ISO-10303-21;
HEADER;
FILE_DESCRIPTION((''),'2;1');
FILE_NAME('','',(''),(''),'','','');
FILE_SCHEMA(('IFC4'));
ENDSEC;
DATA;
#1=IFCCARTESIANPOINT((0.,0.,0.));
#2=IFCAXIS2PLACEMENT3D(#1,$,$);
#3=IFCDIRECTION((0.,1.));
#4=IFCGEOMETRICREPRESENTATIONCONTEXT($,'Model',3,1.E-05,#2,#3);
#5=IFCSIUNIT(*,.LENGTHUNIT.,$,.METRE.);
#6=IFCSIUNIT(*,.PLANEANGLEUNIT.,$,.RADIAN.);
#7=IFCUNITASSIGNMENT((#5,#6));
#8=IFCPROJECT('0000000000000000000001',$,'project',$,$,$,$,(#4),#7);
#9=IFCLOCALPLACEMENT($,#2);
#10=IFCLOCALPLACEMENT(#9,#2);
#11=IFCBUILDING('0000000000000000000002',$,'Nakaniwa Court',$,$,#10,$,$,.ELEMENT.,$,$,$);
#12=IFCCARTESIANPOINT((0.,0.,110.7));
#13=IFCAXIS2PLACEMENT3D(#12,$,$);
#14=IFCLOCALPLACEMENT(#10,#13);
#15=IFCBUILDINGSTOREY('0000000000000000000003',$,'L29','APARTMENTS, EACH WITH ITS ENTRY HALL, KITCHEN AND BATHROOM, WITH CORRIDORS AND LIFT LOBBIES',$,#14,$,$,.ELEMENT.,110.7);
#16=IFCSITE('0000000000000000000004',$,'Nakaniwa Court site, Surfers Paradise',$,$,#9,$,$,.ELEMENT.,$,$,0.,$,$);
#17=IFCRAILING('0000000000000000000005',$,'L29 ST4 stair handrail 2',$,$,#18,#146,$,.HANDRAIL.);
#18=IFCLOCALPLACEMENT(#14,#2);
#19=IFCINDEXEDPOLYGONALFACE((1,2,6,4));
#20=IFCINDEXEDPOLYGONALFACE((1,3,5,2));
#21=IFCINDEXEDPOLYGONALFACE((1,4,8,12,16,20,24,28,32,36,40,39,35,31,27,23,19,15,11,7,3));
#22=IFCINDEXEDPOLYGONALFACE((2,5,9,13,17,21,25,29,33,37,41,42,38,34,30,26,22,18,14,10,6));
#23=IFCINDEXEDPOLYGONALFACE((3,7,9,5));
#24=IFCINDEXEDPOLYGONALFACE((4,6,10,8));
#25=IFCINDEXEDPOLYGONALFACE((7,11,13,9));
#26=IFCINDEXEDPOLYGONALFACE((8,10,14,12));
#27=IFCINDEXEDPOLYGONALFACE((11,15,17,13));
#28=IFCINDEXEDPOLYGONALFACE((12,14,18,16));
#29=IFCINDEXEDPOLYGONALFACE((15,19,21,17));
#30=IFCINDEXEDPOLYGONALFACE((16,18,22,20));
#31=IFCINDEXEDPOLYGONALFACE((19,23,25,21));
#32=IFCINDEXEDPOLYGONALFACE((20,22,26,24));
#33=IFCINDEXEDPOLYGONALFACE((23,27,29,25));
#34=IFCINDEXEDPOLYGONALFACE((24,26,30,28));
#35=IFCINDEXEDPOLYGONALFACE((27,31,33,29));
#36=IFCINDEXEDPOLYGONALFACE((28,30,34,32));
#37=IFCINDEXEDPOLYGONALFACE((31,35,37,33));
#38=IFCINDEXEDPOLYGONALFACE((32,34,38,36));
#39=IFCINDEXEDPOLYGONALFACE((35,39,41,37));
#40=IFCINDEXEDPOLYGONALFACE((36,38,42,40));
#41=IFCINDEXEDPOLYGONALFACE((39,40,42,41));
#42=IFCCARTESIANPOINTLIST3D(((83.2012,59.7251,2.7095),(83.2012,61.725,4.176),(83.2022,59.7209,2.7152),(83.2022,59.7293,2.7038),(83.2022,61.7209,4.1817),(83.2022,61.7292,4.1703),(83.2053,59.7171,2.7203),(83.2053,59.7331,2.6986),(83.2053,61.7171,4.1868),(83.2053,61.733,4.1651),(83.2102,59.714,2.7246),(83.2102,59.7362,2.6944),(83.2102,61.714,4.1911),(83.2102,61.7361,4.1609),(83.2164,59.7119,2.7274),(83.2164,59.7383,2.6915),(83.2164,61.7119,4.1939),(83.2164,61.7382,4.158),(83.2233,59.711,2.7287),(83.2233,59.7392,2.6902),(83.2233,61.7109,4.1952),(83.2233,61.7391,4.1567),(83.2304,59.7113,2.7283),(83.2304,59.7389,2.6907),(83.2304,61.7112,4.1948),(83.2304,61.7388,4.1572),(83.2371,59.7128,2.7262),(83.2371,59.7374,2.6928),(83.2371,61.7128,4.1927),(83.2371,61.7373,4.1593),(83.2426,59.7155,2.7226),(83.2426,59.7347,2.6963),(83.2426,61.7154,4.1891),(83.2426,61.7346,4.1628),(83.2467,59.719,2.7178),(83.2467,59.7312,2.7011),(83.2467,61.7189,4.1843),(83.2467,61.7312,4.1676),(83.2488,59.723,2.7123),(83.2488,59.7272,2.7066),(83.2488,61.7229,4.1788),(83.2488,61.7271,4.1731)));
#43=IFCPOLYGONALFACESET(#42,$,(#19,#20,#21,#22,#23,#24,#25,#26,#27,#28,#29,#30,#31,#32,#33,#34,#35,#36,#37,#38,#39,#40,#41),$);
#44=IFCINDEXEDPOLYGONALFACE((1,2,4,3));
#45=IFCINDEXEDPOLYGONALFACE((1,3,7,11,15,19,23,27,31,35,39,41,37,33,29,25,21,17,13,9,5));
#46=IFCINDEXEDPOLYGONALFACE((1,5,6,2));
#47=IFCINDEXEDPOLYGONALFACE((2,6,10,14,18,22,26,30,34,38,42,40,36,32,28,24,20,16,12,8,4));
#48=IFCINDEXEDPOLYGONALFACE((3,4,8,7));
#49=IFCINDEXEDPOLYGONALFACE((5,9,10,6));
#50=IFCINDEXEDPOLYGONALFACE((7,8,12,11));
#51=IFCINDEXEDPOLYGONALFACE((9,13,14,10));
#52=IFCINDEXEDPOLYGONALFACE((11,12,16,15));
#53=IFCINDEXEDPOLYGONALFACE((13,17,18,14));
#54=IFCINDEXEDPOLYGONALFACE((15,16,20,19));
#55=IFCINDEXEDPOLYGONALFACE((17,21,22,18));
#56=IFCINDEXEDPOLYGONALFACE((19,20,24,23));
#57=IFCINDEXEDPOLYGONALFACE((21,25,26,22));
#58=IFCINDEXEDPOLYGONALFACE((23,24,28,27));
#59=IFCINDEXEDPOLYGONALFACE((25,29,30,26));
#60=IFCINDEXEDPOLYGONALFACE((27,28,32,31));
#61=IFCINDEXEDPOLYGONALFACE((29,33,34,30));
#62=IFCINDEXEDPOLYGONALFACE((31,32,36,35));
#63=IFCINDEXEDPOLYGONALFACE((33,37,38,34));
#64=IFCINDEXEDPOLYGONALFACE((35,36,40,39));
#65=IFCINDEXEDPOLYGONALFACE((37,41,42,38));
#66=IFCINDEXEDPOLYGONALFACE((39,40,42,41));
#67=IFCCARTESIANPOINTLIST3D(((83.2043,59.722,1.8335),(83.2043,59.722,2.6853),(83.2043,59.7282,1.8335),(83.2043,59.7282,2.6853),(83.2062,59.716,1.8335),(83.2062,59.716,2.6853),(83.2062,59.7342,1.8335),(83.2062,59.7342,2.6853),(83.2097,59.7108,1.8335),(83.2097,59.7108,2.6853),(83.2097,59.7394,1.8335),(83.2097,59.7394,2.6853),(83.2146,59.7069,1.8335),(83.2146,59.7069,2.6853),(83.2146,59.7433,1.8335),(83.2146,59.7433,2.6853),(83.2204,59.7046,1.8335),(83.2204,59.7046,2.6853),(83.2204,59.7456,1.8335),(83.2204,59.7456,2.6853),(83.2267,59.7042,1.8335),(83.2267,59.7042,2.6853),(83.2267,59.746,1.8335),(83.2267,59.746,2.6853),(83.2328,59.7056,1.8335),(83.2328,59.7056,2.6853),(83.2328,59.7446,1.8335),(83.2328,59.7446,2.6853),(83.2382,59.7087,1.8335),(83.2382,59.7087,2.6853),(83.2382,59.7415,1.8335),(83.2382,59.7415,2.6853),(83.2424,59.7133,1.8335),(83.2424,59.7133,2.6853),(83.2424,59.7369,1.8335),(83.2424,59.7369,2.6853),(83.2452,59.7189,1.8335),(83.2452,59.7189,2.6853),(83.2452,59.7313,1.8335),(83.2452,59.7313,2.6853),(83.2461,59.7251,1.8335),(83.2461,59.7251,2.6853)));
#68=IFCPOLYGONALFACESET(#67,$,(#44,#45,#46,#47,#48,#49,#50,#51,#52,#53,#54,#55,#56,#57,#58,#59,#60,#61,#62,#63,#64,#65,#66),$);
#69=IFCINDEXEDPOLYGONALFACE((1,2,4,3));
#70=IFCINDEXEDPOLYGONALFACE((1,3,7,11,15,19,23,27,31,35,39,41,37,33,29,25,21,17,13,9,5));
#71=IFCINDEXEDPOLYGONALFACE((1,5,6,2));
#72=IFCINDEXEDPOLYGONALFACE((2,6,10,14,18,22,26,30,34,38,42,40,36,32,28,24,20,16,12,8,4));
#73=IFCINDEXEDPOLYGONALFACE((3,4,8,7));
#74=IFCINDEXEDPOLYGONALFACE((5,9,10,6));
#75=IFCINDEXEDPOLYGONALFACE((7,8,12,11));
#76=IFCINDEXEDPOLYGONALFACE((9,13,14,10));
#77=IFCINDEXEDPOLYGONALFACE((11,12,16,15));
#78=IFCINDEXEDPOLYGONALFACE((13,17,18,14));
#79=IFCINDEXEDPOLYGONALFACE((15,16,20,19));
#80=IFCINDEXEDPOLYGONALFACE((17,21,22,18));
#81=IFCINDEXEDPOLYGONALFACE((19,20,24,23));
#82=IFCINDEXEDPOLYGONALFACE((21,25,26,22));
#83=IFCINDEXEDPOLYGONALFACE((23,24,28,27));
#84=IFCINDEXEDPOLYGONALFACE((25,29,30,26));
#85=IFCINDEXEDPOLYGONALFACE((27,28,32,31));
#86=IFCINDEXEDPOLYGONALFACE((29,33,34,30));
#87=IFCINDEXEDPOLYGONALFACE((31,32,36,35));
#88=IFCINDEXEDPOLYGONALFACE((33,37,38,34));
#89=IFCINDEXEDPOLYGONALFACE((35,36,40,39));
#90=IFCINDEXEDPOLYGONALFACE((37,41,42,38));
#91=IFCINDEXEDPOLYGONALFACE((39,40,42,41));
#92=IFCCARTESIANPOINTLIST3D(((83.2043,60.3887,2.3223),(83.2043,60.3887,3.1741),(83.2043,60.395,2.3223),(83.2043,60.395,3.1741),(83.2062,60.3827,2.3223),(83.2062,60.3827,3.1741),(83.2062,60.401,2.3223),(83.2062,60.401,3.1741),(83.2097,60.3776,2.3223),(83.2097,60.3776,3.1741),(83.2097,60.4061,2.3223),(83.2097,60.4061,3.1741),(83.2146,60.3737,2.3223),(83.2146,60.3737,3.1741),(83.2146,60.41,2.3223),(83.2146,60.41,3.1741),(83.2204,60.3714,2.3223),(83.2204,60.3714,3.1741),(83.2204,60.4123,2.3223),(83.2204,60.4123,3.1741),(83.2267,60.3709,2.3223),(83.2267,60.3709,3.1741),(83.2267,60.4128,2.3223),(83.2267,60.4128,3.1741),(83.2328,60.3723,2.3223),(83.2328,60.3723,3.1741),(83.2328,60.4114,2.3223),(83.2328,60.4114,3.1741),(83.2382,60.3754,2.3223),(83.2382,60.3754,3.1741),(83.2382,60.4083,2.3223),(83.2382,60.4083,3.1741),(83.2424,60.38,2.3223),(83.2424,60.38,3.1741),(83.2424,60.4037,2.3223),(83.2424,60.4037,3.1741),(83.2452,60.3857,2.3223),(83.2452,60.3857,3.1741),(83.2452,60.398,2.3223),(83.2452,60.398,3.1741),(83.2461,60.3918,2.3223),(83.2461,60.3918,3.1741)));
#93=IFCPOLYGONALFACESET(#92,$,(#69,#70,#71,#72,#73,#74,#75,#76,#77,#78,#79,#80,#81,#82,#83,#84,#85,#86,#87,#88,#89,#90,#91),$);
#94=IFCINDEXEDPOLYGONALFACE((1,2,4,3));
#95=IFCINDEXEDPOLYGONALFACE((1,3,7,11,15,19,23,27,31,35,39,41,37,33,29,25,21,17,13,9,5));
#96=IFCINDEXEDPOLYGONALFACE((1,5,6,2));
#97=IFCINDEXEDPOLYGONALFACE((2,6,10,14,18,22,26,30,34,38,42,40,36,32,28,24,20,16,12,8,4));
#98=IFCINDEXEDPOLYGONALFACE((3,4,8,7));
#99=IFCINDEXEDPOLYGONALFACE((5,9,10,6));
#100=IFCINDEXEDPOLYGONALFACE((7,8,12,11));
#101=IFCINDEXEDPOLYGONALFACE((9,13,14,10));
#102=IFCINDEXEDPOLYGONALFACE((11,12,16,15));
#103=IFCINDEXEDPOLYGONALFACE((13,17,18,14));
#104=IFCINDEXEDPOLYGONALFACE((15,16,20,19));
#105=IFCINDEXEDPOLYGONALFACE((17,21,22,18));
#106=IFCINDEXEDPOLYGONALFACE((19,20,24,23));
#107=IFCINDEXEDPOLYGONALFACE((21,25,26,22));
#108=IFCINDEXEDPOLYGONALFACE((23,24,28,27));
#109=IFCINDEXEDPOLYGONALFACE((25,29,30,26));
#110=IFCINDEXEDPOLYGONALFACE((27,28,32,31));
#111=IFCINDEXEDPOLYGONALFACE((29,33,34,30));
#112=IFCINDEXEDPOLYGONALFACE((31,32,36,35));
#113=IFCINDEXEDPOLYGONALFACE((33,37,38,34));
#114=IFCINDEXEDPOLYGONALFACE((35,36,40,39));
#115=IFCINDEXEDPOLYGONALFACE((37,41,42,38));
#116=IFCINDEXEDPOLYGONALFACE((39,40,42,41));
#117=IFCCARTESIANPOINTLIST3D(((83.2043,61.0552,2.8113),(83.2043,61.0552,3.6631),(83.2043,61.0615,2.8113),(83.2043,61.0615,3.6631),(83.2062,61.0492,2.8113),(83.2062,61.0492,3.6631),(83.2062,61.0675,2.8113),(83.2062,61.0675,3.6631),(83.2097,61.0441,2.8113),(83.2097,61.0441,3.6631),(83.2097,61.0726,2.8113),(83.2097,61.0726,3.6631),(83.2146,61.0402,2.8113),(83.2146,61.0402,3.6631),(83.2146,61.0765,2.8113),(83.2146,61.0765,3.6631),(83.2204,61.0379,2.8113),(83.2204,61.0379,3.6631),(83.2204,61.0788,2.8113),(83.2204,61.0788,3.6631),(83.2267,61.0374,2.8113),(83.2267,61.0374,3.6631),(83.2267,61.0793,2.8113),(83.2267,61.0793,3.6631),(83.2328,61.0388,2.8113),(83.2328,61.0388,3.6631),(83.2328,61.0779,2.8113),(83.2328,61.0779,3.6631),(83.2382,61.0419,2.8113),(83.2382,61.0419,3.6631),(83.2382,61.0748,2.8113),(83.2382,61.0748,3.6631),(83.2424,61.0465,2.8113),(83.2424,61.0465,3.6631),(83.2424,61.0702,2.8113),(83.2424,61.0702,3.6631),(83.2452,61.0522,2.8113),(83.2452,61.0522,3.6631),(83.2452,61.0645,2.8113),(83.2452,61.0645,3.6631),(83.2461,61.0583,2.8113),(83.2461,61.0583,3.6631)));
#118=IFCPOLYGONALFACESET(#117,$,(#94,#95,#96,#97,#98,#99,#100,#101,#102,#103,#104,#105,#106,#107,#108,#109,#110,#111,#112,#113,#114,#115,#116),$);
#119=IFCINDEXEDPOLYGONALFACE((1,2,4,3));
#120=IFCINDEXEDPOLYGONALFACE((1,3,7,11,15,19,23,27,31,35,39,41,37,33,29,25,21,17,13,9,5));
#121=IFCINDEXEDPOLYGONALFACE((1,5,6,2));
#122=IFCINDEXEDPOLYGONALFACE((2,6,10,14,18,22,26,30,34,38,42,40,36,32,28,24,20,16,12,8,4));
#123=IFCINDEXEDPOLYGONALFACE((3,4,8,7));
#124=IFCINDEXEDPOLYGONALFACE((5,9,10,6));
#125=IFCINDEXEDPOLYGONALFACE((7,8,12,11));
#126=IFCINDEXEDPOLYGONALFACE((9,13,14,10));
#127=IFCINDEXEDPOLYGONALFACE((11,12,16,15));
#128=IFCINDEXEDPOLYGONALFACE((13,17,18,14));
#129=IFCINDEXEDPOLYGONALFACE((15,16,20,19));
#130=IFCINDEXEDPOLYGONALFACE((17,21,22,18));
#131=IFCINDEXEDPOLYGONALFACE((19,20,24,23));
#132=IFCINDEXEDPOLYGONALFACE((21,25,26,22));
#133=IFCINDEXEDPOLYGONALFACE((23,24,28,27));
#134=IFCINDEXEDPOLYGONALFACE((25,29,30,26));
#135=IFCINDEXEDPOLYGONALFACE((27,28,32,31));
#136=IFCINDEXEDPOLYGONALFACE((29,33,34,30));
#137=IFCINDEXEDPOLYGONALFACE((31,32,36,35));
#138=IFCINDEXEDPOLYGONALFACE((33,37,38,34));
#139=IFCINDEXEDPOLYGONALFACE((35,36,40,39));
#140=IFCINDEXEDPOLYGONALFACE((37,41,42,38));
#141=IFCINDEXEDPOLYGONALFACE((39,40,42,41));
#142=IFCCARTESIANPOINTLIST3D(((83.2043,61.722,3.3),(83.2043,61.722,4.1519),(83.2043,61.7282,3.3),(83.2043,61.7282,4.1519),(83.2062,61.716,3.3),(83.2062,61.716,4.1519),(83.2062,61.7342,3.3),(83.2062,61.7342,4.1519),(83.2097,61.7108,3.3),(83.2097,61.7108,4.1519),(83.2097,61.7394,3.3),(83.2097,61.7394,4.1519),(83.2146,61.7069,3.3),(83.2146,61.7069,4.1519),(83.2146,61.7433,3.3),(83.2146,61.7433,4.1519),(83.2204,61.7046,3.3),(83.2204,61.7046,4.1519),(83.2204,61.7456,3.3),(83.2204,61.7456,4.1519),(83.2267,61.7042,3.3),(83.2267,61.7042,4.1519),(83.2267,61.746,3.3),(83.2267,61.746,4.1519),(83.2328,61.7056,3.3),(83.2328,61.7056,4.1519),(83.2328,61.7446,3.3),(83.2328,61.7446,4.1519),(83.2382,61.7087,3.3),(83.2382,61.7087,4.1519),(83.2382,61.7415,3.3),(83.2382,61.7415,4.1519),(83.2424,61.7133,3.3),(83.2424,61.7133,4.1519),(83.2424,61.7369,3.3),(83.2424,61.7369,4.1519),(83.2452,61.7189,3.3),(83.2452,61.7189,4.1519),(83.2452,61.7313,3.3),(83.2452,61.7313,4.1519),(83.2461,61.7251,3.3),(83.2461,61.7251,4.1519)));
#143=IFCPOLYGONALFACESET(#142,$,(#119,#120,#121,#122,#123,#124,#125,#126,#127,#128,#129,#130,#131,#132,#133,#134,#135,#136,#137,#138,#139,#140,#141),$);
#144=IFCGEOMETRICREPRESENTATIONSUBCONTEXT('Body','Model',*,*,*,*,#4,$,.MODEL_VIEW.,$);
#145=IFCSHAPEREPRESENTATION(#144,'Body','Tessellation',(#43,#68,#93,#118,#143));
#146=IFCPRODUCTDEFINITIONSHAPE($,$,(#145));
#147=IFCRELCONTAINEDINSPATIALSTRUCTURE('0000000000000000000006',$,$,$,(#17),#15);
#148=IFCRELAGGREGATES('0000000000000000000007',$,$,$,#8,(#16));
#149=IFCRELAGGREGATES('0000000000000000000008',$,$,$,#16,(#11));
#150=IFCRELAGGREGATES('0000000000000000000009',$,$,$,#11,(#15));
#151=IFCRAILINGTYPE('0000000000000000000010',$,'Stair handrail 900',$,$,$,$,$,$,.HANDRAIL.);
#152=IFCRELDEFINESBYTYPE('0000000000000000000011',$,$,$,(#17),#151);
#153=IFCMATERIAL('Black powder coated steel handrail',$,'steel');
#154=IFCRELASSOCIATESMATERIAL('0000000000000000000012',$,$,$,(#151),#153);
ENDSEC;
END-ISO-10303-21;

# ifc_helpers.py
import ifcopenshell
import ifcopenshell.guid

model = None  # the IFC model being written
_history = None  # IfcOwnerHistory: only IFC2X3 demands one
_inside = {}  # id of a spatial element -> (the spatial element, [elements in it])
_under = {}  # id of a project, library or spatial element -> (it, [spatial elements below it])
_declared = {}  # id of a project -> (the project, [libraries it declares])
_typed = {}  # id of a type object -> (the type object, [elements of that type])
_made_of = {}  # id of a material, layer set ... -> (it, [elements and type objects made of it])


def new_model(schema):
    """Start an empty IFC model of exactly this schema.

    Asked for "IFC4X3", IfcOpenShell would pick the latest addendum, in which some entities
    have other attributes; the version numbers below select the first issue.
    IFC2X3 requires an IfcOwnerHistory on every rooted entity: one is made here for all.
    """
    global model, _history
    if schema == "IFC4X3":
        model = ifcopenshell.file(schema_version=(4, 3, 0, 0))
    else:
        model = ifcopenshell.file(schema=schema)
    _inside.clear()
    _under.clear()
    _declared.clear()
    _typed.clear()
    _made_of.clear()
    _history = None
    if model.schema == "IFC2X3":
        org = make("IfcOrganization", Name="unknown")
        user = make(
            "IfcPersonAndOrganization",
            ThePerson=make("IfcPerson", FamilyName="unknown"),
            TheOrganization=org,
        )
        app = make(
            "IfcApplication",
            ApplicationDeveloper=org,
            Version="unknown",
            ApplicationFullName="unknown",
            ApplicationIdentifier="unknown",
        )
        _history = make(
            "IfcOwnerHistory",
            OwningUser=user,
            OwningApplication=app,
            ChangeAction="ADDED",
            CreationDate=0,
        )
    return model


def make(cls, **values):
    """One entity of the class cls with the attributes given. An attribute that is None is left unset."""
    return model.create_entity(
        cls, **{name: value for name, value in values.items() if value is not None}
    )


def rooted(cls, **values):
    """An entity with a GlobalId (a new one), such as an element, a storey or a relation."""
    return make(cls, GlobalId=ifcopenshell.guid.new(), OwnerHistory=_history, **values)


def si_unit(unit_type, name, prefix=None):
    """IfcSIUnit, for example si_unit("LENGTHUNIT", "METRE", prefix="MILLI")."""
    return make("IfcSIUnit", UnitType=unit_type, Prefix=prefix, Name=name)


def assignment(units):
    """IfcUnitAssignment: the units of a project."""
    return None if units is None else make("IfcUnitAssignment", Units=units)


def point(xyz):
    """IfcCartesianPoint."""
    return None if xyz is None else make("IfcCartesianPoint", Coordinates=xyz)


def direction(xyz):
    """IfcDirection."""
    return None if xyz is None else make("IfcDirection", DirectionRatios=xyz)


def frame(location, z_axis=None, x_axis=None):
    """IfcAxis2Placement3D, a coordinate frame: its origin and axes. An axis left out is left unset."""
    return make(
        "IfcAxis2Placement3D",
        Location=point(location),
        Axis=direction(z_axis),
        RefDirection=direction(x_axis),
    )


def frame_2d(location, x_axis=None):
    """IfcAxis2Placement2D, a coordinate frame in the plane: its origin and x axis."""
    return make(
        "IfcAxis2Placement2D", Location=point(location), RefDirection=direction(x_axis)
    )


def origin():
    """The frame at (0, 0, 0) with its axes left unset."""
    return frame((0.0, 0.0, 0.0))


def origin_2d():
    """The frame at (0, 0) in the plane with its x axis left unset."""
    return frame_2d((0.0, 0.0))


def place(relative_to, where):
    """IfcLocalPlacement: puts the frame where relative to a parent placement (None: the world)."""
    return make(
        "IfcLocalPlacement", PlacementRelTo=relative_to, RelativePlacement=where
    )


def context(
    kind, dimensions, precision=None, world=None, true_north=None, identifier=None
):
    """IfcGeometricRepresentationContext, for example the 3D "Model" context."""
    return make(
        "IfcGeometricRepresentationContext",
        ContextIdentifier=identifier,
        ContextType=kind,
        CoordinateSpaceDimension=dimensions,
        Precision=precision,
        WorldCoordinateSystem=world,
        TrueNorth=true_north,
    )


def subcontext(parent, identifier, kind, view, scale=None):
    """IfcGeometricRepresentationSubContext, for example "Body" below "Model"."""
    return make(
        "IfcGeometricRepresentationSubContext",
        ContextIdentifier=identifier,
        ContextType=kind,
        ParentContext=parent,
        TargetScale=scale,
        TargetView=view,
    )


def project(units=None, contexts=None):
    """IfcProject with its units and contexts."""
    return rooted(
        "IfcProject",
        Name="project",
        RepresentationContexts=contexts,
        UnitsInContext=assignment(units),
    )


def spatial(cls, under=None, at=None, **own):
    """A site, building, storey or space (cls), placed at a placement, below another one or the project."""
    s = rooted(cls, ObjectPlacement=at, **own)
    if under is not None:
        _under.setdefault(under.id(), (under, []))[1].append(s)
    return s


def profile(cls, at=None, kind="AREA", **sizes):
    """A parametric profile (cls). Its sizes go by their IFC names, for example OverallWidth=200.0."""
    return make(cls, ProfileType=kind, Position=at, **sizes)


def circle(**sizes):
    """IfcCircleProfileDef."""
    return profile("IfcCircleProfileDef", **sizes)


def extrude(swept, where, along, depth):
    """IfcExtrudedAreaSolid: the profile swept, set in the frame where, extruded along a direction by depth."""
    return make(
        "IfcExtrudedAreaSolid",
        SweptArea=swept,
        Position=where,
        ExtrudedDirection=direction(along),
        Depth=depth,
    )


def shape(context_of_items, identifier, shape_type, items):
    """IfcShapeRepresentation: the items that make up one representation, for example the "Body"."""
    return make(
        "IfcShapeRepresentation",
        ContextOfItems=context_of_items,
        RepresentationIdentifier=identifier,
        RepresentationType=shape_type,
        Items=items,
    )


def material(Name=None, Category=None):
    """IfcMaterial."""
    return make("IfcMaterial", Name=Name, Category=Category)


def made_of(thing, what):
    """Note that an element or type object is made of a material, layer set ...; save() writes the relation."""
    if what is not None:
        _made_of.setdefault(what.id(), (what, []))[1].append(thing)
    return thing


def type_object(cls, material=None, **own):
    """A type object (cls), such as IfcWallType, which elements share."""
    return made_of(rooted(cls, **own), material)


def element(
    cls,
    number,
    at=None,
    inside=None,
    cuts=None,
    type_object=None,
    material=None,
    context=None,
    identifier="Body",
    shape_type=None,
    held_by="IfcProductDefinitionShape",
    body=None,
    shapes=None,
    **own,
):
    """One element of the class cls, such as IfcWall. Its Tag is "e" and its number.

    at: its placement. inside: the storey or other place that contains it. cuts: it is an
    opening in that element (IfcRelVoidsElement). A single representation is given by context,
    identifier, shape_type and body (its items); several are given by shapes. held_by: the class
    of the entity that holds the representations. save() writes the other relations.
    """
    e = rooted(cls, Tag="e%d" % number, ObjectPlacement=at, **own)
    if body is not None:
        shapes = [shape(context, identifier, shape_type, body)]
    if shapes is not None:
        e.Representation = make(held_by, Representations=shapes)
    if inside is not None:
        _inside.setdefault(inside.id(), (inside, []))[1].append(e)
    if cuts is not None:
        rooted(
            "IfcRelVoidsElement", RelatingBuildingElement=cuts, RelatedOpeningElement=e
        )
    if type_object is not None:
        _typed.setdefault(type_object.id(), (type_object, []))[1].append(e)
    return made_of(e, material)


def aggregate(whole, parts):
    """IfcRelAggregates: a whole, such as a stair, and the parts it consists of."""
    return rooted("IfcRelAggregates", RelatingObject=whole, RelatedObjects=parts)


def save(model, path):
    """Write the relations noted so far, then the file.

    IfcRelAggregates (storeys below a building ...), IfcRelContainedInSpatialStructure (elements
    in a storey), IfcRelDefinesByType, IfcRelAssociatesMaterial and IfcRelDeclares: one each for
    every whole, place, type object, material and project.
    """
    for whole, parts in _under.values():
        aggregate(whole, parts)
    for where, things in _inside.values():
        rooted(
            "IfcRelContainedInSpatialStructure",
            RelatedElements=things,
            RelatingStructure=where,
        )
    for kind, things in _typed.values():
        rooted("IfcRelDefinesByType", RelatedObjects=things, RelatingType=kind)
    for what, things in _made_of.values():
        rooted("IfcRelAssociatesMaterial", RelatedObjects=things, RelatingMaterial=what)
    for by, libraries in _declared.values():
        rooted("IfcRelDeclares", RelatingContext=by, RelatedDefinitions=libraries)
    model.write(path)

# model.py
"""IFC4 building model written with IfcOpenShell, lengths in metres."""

from ifc_helpers import new_model, si_unit, direction, frame, origin, origin_2d, place, context, subcontext, project, spatial, circle, extrude, material, type_object, element, save


model = new_model("IFC4")

# Units and contexts
model_context = context("Model", 3, precision=1e-05, world=origin(), true_north=direction((0.0, 1.0)))
body_context = subcontext(model_context, "Body", "Model", "MODEL_VIEW")
ifc_project = project(units=[si_unit("LENGTHUNIT", "METRE"), si_unit("PLANEANGLEUNIT", "RADIAN")], contexts=[model_context])

# Site, building, storey
site_placement = place(None, origin())
site = spatial("IfcSite", under=ifc_project, at=site_placement, Name="Nakaniwa Court site, Surfers Paradise", CompositionType="ELEMENT", RefElevation=0.0)
building_placement = place(site_placement, origin())
building = spatial("IfcBuilding", under=site, at=building_placement, Name="Nakaniwa Court", CompositionType="ELEMENT")
storey_placement = place(building_placement, frame((0.0, 0.0, 110.7)))
storey = spatial("IfcBuildingStorey", under=building, at=storey_placement, Name="L29", Description="APARTMENTS, EACH WITH ITS ENTRY HALL, KITCHEN AND BATHROOM, WITH CORRIDORS AND LIFT LOBBIES", CompositionType="ELEMENT", Elevation=110.7)

# Railing
ifc_material_1 = material(Name="Black powder coated steel handrail", Category="steel")
railing_type_1 = type_object("IfcRailingType", Name="Stair handrail 900", PredefinedType="HANDRAIL", material=ifc_material_1)
railing_1_placement = place(storey_placement, frame((83.2251, 59.7251, 1.8335)))
element("IfcRailing", 1, at=railing_1_placement, inside=storey, type_object=railing_type_1, Name="L29 ST4 stair handrail 2", PredefinedType="HANDRAIL", context=body_context, shape_type="SweptSolid", body=[
    extrude(circle(Radius=0.0239, at=origin_2d()), frame((0.0, 0.0, 0.876), z_axis=(0.0, 0.806427, 0.591334), x_axis=(-1.0, 0.0, 0.0)), (0.0, 0.0, 1.0), 2.48),
    extrude(circle(Radius=0.021, at=origin_2d()), origin(), (0.0, 0.0, 1.0), 0.8518),
    extrude(circle(Radius=0.021, at=origin_2d()), frame((0.0, 0.6667, 0.4888)), (0.0, 0.0, 1.0), 0.8518),
    extrude(circle(Radius=0.021, at=origin_2d()), frame((0.0, 1.3333, 0.9778)), (0.0, 0.0, 1.0), 0.8518),
    extrude(circle(Radius=0.021, at=origin_2d()), frame((0.0, 2.0, 1.4666)), (0.0, 0.0, 1.0), 0.8518),
])

save(model, "model.ifc")
